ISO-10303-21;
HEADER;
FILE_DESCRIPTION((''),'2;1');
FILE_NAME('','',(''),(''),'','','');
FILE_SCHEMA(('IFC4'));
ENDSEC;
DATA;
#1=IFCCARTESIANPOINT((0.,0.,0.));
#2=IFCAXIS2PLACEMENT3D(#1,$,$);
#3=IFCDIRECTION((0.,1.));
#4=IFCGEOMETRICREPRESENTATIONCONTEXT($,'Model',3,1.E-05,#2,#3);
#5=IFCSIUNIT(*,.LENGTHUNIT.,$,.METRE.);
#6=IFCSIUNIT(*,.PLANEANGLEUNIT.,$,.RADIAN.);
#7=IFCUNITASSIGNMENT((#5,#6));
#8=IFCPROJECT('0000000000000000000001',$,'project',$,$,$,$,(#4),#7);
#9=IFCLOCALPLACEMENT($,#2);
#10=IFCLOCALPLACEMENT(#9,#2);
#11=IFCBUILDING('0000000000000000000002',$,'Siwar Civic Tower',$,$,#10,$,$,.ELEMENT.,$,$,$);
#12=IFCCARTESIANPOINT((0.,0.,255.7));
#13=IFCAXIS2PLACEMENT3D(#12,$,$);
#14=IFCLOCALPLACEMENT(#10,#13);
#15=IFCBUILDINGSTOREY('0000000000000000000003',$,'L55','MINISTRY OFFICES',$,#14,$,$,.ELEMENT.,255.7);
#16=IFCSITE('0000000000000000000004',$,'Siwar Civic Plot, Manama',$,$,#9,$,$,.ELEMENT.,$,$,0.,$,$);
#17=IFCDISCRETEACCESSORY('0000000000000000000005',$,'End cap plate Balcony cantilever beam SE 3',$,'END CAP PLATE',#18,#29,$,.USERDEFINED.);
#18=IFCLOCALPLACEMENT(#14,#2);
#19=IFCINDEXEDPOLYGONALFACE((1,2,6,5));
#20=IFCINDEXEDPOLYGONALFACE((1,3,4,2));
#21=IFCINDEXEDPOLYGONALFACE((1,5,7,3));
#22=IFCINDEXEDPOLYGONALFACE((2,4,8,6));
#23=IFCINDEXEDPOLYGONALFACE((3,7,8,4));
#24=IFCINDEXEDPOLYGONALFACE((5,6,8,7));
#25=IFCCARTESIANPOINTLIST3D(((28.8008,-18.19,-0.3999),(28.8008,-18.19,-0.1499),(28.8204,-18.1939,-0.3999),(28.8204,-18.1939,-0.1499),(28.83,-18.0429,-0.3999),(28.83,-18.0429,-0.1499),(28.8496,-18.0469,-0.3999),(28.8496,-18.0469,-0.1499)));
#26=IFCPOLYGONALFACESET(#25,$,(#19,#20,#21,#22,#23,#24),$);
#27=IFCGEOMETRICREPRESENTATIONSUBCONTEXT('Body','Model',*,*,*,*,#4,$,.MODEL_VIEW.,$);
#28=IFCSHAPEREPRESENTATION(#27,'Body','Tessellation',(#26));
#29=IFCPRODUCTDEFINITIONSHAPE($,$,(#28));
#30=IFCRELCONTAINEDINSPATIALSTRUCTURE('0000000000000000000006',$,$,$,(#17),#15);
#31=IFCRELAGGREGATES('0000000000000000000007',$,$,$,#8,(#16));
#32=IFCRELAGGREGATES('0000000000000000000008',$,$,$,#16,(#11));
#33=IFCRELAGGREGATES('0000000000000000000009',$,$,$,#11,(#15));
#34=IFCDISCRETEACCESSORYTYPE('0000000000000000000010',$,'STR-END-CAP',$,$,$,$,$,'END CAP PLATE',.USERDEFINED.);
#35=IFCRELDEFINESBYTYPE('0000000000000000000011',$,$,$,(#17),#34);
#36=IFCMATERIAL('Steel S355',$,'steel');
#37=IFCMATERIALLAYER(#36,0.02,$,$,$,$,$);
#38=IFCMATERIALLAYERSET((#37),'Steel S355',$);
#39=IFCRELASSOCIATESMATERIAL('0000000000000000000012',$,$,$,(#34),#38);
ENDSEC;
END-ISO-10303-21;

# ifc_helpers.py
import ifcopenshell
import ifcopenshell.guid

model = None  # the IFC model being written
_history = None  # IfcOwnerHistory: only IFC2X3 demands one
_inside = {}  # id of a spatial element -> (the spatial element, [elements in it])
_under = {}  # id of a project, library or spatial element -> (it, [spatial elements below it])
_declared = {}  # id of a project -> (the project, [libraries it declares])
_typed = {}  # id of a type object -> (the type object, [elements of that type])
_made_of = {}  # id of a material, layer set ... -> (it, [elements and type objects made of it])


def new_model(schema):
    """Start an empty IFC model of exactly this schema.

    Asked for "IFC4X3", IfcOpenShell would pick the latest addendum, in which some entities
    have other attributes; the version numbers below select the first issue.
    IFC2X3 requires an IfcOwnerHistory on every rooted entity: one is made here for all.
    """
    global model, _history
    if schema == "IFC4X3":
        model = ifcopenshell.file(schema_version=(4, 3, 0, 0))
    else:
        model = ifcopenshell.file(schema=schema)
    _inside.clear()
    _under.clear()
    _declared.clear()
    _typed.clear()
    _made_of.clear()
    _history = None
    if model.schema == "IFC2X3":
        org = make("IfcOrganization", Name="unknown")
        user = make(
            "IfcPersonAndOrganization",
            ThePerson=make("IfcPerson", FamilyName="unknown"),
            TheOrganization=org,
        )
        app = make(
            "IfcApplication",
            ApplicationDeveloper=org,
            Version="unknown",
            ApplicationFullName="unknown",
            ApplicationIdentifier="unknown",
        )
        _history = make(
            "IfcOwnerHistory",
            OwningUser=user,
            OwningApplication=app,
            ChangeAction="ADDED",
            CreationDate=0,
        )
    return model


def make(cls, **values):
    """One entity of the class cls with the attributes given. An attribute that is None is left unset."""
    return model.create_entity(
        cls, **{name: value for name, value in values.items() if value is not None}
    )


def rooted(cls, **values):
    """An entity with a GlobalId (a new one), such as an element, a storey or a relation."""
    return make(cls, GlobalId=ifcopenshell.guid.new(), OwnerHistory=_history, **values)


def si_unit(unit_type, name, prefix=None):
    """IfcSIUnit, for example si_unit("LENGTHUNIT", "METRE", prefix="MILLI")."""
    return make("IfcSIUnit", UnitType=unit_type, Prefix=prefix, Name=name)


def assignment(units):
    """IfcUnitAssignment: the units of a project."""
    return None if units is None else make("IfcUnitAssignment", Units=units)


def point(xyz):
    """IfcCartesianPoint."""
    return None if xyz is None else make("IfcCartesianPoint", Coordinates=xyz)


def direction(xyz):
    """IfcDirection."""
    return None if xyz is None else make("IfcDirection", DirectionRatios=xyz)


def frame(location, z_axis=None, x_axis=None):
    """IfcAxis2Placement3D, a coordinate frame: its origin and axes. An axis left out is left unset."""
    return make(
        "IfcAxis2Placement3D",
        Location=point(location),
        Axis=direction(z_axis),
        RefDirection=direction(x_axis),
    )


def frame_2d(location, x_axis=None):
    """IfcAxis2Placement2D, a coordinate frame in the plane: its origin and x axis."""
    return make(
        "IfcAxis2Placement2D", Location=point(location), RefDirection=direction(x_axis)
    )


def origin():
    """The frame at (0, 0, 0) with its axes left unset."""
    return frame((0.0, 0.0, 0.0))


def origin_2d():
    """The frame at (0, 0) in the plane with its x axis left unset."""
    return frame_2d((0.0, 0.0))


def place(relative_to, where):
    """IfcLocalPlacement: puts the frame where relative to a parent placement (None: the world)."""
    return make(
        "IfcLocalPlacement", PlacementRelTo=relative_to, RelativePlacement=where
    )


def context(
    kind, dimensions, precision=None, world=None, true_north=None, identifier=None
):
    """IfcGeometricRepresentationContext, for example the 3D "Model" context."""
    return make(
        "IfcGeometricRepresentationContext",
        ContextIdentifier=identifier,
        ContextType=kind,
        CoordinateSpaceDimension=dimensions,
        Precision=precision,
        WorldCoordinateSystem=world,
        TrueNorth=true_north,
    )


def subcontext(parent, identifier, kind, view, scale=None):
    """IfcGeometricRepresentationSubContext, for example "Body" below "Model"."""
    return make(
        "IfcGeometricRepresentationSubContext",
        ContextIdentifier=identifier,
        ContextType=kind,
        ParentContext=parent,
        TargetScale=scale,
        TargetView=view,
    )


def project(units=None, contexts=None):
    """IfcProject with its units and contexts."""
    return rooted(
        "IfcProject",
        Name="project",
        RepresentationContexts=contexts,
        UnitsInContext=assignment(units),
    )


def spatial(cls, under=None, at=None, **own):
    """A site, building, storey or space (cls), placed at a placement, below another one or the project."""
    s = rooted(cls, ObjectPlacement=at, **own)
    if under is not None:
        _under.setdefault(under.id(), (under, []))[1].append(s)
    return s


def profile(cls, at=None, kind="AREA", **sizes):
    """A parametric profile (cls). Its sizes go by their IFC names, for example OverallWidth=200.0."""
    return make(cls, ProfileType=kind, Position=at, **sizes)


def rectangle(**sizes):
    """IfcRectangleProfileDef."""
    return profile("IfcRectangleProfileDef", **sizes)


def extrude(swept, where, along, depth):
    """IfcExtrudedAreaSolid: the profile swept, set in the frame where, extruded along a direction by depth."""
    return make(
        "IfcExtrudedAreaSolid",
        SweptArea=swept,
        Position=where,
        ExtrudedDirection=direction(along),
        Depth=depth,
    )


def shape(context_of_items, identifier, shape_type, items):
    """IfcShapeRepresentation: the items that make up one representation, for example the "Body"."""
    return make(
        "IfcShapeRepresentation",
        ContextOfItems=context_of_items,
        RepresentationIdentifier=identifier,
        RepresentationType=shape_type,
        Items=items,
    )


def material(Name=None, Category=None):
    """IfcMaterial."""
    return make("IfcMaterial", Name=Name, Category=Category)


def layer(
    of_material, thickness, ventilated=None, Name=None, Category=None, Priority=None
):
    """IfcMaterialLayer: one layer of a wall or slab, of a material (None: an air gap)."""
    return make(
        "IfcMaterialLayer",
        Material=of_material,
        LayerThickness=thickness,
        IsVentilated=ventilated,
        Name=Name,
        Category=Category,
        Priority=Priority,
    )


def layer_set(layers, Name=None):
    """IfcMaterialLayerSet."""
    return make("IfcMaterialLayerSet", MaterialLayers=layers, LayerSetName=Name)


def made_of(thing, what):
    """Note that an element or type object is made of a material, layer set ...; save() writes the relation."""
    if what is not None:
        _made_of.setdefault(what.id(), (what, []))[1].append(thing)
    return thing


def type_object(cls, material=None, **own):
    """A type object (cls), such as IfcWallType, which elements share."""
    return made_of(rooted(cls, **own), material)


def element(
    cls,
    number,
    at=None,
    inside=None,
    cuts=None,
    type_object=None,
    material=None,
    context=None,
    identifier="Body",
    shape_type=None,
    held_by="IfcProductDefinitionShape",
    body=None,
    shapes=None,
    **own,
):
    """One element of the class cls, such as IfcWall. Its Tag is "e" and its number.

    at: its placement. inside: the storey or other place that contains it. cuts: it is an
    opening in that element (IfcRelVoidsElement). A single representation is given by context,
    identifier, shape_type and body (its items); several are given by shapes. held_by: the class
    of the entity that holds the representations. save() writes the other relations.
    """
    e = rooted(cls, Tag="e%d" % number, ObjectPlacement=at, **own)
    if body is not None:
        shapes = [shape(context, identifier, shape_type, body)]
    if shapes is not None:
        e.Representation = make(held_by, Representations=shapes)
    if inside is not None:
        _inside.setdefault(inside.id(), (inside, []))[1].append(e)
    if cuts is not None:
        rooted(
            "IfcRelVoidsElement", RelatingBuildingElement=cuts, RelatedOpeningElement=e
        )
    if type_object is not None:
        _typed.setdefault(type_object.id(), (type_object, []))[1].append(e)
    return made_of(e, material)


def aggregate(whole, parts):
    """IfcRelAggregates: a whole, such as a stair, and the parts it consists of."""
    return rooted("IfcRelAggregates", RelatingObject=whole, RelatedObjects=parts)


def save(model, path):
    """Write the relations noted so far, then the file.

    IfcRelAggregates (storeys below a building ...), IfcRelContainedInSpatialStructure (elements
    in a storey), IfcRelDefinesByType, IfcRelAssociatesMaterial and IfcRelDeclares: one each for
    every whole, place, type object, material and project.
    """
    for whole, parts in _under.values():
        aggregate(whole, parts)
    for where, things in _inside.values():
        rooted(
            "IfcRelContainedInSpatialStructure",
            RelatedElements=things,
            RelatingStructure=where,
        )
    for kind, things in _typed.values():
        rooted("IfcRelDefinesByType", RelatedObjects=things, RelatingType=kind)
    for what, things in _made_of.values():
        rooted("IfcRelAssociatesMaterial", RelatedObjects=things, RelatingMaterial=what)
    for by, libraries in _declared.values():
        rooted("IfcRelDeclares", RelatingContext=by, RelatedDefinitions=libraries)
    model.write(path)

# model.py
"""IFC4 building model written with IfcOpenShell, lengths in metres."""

from ifc_helpers import new_model, si_unit, direction, frame, origin, origin_2d, place, context, subcontext, project, spatial, rectangle, extrude, material, layer, layer_set, type_object, element, save


model = new_model("IFC4")

# Units and contexts
model_context = context("Model", 3, precision=1e-05, world=origin(), true_north=direction((0.0, 1.0)))
body_context = subcontext(model_context, "Body", "Model", "MODEL_VIEW")
ifc_project = project(units=[si_unit("LENGTHUNIT", "METRE"), si_unit("PLANEANGLEUNIT", "RADIAN")], contexts=[model_context])

# Site, building, storey
site_placement = place(None, origin())
site = spatial("IfcSite", under=ifc_project, at=site_placement, Name="Siwar Civic Plot, Manama", CompositionType="ELEMENT", RefElevation=0.0)
building_placement = place(site_placement, origin())
building = spatial("IfcBuilding", under=site, at=building_placement, Name="Siwar Civic Tower", CompositionType="ELEMENT")
storey_placement = place(building_placement, frame((0.0, 0.0, 255.7)))
storey = spatial("IfcBuildingStorey", under=building, at=storey_placement, Name="L55", Description="MINISTRY OFFICES", CompositionType="ELEMENT", Elevation=255.7)

# Discrete accessory
ifc_material_1 = material(Name="Steel S355", Category="steel")
ifc_layer_1 = layer(ifc_material_1, 0.02)
ifc_layer_set_1 = layer_set([ifc_layer_1], Name="Steel S355")
discrete_accessory_type_1 = type_object("IfcDiscreteAccessoryType", Name="STR-END-CAP", ElementType="END CAP PLATE", PredefinedType="USERDEFINED", material=ifc_layer_set_1)
discrete_accessory_1_placement = place(storey_placement, frame((28.8252, -18.1184, -0.3999), z_axis=(0.0, 0.0, 1.0), x_axis=(0.980785, -0.19509, 0.0)))
element("IfcDiscreteAccessory", 1, at=discrete_accessory_1_placement, inside=storey, type_object=discrete_accessory_type_1, Name="End cap plate Balcony cantilever beam SE 3", ObjectType="END CAP PLATE", PredefinedType="USERDEFINED", context=body_context, shape_type="SweptSolid", body=[
    extrude(rectangle(XDim=0.02, YDim=0.1499, at=origin_2d()), origin(), (0.0, 0.0, 1.0), 0.25),
])

save(model, "model.ifc")
